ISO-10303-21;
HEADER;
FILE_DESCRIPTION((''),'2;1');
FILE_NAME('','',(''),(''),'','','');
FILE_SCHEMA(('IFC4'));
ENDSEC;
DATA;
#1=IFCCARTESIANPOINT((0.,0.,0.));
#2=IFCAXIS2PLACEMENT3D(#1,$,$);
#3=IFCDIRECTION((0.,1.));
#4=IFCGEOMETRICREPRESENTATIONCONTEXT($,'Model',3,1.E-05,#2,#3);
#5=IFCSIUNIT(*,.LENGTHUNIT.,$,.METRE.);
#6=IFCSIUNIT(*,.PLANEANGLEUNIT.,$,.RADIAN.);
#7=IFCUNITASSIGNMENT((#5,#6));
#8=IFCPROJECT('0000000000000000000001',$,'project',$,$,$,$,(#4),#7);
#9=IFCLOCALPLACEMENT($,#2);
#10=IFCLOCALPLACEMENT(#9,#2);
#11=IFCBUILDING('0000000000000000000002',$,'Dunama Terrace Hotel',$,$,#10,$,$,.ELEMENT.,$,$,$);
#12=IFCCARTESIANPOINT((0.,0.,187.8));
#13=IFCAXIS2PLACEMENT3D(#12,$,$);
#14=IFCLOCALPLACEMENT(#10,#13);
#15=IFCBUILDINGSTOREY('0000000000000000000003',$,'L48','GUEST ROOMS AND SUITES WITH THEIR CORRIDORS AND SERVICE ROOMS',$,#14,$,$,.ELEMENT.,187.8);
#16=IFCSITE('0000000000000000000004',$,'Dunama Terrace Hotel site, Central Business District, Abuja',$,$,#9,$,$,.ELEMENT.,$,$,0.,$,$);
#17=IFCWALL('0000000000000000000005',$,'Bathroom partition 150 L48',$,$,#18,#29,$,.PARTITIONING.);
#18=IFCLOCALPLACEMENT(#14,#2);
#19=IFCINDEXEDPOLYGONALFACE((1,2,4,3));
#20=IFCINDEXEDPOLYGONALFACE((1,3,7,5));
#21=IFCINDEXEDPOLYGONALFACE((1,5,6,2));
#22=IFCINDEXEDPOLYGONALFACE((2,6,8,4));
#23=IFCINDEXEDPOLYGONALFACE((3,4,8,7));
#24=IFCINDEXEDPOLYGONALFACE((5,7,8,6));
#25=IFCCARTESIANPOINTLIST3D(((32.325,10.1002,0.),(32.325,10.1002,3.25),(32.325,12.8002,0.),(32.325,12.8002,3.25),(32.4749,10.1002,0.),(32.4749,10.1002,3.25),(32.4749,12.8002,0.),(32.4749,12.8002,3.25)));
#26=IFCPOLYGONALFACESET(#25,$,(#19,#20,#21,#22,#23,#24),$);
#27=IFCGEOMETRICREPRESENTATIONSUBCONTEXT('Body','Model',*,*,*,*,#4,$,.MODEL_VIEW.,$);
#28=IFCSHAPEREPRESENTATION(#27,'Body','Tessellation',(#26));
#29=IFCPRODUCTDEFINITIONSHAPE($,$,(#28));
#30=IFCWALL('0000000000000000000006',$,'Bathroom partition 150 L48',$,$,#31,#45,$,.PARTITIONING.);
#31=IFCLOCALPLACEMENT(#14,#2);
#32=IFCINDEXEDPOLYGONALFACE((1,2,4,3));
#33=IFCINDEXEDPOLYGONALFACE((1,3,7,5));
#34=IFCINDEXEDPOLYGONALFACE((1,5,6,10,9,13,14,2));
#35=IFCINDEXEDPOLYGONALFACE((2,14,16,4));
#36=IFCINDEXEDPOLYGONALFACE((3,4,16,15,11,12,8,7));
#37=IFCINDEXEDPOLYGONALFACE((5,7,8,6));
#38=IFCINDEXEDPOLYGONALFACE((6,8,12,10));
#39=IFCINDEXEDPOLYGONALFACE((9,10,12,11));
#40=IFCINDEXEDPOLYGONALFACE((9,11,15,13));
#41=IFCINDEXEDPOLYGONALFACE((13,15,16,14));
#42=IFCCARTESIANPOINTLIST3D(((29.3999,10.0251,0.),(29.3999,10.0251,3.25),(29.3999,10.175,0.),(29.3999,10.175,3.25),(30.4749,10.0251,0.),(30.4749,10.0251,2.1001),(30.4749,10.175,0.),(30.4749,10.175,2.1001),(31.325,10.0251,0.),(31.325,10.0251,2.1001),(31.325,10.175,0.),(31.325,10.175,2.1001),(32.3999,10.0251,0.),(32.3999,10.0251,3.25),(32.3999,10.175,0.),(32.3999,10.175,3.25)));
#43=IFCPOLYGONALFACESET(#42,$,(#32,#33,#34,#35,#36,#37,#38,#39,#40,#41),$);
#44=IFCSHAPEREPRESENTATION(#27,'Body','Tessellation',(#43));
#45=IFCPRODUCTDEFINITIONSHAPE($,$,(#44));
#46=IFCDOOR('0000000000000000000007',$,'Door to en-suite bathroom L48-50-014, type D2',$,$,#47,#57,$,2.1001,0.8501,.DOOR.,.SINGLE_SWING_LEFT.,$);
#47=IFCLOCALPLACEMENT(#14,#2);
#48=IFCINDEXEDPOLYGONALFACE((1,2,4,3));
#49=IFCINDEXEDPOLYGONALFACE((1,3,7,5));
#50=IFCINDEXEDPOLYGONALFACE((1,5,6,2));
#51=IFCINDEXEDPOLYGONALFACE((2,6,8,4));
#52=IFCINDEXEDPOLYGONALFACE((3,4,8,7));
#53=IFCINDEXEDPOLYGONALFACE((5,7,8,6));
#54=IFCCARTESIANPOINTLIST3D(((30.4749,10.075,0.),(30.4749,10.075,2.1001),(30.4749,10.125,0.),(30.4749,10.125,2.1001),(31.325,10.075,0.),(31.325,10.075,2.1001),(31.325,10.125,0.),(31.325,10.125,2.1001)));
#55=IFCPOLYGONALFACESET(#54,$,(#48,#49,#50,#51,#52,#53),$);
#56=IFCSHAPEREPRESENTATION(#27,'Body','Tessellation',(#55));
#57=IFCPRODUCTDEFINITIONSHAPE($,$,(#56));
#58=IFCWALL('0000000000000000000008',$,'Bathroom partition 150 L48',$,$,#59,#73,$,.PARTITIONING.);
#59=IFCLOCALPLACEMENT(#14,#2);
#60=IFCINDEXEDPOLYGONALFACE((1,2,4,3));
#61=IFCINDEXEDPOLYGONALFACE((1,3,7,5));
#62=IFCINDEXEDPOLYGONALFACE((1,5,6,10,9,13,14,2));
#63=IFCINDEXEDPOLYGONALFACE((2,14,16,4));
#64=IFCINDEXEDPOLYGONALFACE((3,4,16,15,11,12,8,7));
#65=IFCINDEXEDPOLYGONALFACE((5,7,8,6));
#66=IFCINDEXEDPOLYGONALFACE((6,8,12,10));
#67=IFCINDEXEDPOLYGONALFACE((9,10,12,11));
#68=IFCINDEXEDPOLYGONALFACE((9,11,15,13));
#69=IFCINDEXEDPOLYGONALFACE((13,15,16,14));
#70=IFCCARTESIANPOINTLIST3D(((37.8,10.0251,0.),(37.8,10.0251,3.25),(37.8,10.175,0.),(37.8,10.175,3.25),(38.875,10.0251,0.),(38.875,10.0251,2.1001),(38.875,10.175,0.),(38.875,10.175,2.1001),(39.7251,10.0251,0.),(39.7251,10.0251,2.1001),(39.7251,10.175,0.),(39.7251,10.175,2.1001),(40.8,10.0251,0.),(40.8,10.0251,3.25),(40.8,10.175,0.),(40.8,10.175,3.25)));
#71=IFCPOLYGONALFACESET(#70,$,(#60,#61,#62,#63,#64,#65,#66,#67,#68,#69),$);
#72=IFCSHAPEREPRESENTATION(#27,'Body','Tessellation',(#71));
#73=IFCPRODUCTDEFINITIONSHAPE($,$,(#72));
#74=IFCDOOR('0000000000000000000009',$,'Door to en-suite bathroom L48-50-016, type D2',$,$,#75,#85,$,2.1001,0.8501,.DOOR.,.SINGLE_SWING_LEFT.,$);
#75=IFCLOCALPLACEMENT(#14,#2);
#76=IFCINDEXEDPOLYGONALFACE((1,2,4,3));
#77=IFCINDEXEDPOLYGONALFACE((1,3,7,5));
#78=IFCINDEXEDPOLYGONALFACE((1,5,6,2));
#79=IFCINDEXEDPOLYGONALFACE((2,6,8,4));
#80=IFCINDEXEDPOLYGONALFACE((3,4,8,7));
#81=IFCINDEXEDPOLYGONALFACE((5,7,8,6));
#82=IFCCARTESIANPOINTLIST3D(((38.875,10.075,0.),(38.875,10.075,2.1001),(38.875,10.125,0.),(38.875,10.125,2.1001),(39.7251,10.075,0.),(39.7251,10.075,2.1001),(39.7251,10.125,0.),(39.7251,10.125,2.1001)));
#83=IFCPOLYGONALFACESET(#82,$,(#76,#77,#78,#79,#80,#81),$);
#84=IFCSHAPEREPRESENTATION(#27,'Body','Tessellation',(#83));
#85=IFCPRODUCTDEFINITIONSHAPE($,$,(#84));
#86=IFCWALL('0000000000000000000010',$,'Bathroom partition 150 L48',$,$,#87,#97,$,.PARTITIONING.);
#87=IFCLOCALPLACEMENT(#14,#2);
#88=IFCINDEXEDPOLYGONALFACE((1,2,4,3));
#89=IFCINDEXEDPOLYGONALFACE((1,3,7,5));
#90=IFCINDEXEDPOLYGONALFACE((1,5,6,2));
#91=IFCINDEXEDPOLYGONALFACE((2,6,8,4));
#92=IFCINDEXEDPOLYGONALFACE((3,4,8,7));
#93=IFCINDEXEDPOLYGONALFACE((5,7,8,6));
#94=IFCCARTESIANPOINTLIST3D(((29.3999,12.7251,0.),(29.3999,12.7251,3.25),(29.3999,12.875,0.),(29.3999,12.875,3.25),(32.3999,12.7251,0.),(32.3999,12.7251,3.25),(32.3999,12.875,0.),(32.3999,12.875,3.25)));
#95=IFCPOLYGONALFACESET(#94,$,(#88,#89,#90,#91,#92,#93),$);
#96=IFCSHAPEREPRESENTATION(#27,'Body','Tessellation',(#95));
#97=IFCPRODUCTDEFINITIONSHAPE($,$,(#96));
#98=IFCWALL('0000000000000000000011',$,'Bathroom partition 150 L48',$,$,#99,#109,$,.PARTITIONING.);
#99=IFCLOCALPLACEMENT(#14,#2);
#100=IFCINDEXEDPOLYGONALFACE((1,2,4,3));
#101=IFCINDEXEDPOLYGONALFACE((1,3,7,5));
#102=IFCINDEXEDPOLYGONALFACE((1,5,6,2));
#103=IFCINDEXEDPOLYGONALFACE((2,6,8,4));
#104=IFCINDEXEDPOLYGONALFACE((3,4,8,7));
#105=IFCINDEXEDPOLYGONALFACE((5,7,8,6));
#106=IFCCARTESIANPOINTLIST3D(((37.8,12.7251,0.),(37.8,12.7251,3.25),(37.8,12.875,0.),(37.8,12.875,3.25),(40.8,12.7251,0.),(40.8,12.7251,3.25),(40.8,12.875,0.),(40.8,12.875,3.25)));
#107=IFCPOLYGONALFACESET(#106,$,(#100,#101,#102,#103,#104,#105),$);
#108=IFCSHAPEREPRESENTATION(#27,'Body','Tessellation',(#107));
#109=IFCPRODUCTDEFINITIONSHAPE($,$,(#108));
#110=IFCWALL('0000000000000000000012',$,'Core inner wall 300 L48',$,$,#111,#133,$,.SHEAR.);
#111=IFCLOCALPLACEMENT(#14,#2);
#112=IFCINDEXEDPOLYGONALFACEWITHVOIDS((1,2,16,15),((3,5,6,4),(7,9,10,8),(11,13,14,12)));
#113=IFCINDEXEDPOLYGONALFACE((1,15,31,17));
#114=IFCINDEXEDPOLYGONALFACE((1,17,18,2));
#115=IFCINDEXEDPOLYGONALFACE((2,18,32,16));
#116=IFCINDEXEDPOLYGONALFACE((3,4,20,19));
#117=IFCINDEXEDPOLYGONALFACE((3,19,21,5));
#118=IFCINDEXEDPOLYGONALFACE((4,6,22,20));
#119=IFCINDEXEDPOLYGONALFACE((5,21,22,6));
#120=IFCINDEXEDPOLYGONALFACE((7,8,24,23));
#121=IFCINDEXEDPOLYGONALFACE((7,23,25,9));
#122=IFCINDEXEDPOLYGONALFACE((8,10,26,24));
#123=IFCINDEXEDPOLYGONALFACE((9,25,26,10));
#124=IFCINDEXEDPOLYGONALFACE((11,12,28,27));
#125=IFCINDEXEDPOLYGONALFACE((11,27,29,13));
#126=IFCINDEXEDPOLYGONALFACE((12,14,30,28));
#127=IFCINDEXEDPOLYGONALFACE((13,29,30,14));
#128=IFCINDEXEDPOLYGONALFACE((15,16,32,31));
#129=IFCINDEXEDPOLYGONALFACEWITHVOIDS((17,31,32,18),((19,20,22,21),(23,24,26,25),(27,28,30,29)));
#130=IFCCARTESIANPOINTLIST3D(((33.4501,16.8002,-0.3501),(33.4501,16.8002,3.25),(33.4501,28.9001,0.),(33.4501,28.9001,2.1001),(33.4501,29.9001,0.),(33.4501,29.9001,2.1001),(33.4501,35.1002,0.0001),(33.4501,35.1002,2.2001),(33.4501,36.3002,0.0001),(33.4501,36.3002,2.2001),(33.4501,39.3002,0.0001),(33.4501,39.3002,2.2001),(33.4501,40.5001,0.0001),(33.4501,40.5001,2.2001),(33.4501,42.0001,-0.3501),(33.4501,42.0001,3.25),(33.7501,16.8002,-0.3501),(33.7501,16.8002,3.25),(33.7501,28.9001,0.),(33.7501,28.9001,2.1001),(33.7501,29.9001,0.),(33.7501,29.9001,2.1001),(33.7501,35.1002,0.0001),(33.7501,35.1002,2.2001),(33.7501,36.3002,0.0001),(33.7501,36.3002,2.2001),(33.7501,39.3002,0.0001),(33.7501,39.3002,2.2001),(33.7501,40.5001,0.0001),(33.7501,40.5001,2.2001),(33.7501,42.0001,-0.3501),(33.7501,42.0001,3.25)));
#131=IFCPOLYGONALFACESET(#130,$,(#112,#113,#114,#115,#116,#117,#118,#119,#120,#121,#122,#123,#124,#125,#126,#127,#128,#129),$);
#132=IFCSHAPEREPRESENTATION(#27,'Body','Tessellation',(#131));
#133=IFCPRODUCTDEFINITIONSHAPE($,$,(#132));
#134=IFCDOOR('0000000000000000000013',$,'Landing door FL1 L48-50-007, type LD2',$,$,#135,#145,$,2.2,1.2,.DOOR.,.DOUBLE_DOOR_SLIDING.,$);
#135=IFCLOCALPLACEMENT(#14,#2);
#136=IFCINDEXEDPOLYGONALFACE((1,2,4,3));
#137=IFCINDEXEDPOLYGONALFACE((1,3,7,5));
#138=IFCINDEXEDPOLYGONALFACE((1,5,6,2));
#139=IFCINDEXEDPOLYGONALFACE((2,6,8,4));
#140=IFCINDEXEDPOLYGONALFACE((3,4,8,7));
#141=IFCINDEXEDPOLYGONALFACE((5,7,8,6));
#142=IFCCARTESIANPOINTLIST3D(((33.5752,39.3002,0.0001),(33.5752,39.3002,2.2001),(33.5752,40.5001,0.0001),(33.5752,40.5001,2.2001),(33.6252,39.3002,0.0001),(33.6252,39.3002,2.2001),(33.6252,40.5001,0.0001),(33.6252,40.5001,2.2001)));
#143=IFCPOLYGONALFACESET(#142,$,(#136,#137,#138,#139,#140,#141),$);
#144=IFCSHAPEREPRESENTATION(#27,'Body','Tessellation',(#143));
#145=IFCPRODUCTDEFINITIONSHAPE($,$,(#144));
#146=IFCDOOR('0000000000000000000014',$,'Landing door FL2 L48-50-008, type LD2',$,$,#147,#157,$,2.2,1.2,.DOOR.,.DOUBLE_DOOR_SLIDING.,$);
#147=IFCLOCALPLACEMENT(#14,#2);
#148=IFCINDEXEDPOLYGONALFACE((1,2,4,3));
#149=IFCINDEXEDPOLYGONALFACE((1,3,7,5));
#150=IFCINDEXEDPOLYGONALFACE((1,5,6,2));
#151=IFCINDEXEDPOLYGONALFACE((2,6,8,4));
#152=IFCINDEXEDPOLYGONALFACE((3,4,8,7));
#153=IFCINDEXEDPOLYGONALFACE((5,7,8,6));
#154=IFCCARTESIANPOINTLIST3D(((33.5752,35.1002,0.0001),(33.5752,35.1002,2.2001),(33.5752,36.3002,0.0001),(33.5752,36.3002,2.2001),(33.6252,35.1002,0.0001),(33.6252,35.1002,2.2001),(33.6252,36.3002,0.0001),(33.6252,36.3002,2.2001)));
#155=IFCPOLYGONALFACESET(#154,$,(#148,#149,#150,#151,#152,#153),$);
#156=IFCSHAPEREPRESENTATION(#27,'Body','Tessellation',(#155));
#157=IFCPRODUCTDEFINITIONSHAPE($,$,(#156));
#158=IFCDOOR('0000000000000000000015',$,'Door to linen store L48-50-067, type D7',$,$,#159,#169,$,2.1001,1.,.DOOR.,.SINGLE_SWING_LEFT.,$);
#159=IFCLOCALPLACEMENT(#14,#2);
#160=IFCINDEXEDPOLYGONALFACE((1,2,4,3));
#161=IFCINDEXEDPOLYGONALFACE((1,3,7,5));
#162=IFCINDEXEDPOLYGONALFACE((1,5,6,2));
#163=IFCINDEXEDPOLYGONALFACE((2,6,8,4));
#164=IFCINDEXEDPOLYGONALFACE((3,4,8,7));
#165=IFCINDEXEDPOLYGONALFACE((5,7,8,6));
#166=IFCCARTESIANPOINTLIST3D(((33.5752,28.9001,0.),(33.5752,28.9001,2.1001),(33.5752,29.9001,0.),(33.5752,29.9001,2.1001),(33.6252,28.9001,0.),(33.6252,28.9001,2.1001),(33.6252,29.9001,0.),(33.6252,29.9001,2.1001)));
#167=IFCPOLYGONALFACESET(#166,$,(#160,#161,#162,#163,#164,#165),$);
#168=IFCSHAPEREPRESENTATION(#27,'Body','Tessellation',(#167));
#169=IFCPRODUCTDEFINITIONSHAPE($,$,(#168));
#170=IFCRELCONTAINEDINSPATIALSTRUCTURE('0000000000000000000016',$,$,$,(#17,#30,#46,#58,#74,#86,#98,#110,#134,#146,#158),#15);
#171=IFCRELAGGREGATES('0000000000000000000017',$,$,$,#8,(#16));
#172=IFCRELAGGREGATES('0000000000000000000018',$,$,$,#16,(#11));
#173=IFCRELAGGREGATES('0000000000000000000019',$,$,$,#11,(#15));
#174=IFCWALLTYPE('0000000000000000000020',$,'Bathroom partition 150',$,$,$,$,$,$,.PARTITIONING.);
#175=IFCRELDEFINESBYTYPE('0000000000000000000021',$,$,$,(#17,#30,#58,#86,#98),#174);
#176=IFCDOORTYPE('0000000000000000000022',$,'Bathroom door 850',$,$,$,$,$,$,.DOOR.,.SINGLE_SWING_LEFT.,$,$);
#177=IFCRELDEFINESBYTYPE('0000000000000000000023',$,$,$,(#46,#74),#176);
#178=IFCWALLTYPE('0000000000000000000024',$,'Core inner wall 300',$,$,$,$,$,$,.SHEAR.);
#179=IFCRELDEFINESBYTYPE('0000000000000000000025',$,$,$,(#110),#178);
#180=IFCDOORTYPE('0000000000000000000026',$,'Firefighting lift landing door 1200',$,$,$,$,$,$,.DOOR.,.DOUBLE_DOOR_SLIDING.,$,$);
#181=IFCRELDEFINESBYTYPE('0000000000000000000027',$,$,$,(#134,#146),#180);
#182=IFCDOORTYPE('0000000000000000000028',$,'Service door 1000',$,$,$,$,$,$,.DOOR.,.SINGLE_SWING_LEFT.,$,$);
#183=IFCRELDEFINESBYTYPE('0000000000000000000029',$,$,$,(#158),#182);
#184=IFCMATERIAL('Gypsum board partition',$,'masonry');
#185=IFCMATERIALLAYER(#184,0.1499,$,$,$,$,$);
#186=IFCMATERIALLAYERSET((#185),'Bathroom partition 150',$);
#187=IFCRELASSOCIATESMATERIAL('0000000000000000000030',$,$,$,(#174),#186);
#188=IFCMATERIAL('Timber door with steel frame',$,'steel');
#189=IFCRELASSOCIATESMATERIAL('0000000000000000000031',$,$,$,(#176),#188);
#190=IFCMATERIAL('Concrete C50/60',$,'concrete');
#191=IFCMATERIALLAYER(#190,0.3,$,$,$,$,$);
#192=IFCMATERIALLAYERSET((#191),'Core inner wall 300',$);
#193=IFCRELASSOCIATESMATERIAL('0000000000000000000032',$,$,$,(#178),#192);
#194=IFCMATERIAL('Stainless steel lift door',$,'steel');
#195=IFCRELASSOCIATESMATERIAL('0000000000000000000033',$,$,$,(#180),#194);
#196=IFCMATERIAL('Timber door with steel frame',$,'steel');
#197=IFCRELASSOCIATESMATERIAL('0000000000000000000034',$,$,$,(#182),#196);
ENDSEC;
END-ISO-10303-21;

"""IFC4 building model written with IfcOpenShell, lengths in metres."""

from ifc_helpers import new_model, si_unit, direction, frame, frame_2d, origin, place, context, subcontext, project, spatial, rectangle, extrude, material, layer, layer_set, type_object, element, fill, save


model = new_model("IFC4")

# Units and contexts
model_context = context("Model", 3, precision=1e-05, world=origin(), true_north=direction((0.0, 1.0)))
body_context = subcontext(model_context, "Body", "Model", "MODEL_VIEW")
ifc_project = project(units=[si_unit("LENGTHUNIT", "METRE"), si_unit("PLANEANGLEUNIT", "RADIAN")], contexts=[model_context])

# Site, building, storey
site_placement = place(None, origin())
site = spatial("IfcSite", under=ifc_project, at=site_placement, Name="Dunama Terrace Hotel site, Central Business District, Abuja", CompositionType="ELEMENT", RefElevation=0.0)
building_placement = place(site_placement, origin())
building = spatial("IfcBuilding", under=site, at=building_placement, Name="Dunama Terrace Hotel", CompositionType="ELEMENT")
storey_placement = place(building_placement, frame((0.0, 0.0, 187.8)))
storey = spatial("IfcBuildingStorey", under=building, at=storey_placement, Name="L48", Description="GUEST ROOMS AND SUITES WITH THEIR CORRIDORS AND SERVICE ROOMS", CompositionType="ELEMENT", Elevation=187.8)

# Wall
ifc_material_1 = material(Name="Gypsum board partition", Category="masonry")
ifc_layer_1 = layer(ifc_material_1, 0.1499)
ifc_layer_set_1 = layer_set([ifc_layer_1], Name="Bathroom partition 150")
wall_type_1 = type_object("IfcWallType", Name="Bathroom partition 150", PredefinedType="PARTITIONING", material=ifc_layer_set_1)
wall_1_placement = place(storey_placement, frame((32.3999, 10.1001, 0.0), z_axis=(0.0, 0.0, 1.0), x_axis=(0.0, 1.0, 0.0)))
element("IfcWall", 1, at=wall_1_placement, inside=storey, type_object=wall_type_1, Name="Bathroom partition 150 L48", PredefinedType="PARTITIONING", context=body_context, shape_type="SweptSolid", body=[
    extrude(rectangle(XDim=2.7, YDim=0.1499, at=frame_2d((1.3501, 0.0))), origin(), (0.0, 0.0, 1.0), 3.25),
])

# Walls, openings, doors
wall_2_placement = place(storey_placement, frame((29.3999, 10.1001, 0.0), z_axis=(0.0, 0.0, 1.0), x_axis=(1.0, 0.0, 0.0)))
wall_2 = element("IfcWall", 2, at=wall_2_placement, inside=storey, type_object=wall_type_1, Name="Bathroom partition 150 L48", PredefinedType="PARTITIONING", context=body_context, shape_type="SweptSolid", body=[
    extrude(rectangle(XDim=3.0, YDim=0.1499, at=frame_2d((1.5, 0.0))), origin(), (0.0, 0.0, 1.0), 3.25),
])
opening_1_placement = place(wall_2_placement, frame((1.075, 0.0, 0.0)))
opening_1 = element("IfcOpeningElement", 3, at=opening_1_placement, cuts=wall_2, PredefinedType="OPENING", context=body_context, shape_type="SweptSolid", body=[
    extrude(rectangle(XDim=0.8501, YDim=2.1001, at=frame_2d((0.425, 1.05))), frame((0.0, 0.085, 0.0), z_axis=(0.0, -1.0, 0.0), x_axis=(1.0, 0.0, 0.0)), (0.0, 0.0, 1.0), 0.1699),
])
ifc_material_2 = material(Name="Timber door with steel frame", Category="steel")
door_type_1 = type_object("IfcDoorType", Name="Bathroom door 850", OperationType="SINGLE_SWING_LEFT", PredefinedType="DOOR", material=ifc_material_2)
door_1_placement = place(opening_1_placement, origin())
door_1 = element("IfcDoor", 4, at=door_1_placement, inside=storey, type_object=door_type_1, Name="Door to en-suite bathroom L48-50-014, type D2", OperationType="SINGLE_SWING_LEFT", OverallHeight=2.1001, OverallWidth=0.8501, PredefinedType="DOOR", context=body_context, shape_type="SweptSolid", body=[
    extrude(rectangle(XDim=0.8501, YDim=2.1001, at=frame_2d((0.425, 1.05))), frame((0.0, 0.0249, 0.0), z_axis=(0.0, -1.0, 0.0), x_axis=(1.0, 0.0, 0.0)), (0.0, 0.0, 1.0), 0.05),
])
fill(opening_1, door_1)
wall_3_placement = place(storey_placement, frame((37.8, 10.1001, 0.0), z_axis=(0.0, 0.0, 1.0), x_axis=(1.0, 0.0, 0.0)))
wall_3 = element("IfcWall", 5, at=wall_3_placement, inside=storey, type_object=wall_type_1, Name="Bathroom partition 150 L48", PredefinedType="PARTITIONING", context=body_context, shape_type="SweptSolid", body=[
    extrude(rectangle(XDim=3.0, YDim=0.1499, at=frame_2d((1.5, 0.0))), origin(), (0.0, 0.0, 1.0), 3.25),
])
opening_2_placement = place(wall_3_placement, frame((1.075, 0.0, 0.0)))
opening_2 = element("IfcOpeningElement", 6, at=opening_2_placement, cuts=wall_3, PredefinedType="OPENING", context=body_context, shape_type="SweptSolid", body=[
    extrude(rectangle(XDim=0.8501, YDim=2.1001, at=frame_2d((0.425, 1.05))), frame((0.0, 0.085, 0.0), z_axis=(0.0, -1.0, 0.0), x_axis=(1.0, 0.0, 0.0)), (0.0, 0.0, 1.0), 0.1699),
])
door_2_placement = place(opening_2_placement, origin())
door_2 = element("IfcDoor", 7, at=door_2_placement, inside=storey, type_object=door_type_1, Name="Door to en-suite bathroom L48-50-016, type D2", OperationType="SINGLE_SWING_LEFT", OverallHeight=2.1001, OverallWidth=0.8501, PredefinedType="DOOR", context=body_context, shape_type="SweptSolid", body=[
    extrude(rectangle(XDim=0.8501, YDim=2.1001, at=frame_2d((0.425, 1.05))), frame((0.0, 0.0249, 0.0), z_axis=(0.0, -1.0, 0.0), x_axis=(1.0, 0.0, 0.0)), (0.0, 0.0, 1.0), 0.05),
])
fill(opening_2, door_2)

# Walls
for number, where, z_axis, x_axis, name in (
    (8, (29.3999, 12.8, 0.0), (0.0, 0.0, 1.0), (1.0, 0.0, 0.0), "Bathroom partition 150 L48"),
    (9, (37.8, 12.8, 0.0), (0.0, 0.0, 1.0), (1.0, 0.0, 0.0), "Bathroom partition 150 L48"),
):
    element("IfcWall", number, at=place(storey_placement, frame(where, z_axis=z_axis, x_axis=x_axis)), inside=storey, type_object=wall_type_1, Name=name, PredefinedType="PARTITIONING", context=body_context, shape_type="SweptSolid", body=[
        extrude(rectangle(XDim=3.0, YDim=0.1499, at=frame_2d((1.5, 0.0))), origin(), (0.0, 0.0, 1.0), 3.25),
    ])

# Wall, openings, doors
ifc_material_3 = material(Name="Concrete C50/60", Category="concrete")
ifc_layer_2 = layer(ifc_material_3, 0.3)
ifc_layer_set_2 = layer_set([ifc_layer_2], Name="Core inner wall 300")
wall_type_2 = type_object("IfcWallType", Name="Core inner wall 300", PredefinedType="SHEAR", material=ifc_layer_set_2)
wall_4_placement = place(storey_placement, frame((33.6001, 16.8, -0.3501), z_axis=(0.0, 0.0, 1.0), x_axis=(0.0, 1.0, 0.0)))
wall_4 = element("IfcWall", 10, at=wall_4_placement, inside=storey, type_object=wall_type_2, Name="Core inner wall 300 L48", PredefinedType="SHEAR", context=body_context, shape_type="SweptSolid", body=[
    extrude(rectangle(XDim=25.2, YDim=0.3, at=frame_2d((12.6001, 0.0))), origin(), (0.0, 0.0, 1.0), 3.6001),
])
opening_3_placement = place(wall_4_placement, frame((22.5, 0.0, 0.3501)))
opening_3 = element("IfcOpeningElement", 11, at=opening_3_placement, cuts=wall_4, PredefinedType="OPENING", context=body_context, shape_type="SweptSolid", body=[
    extrude(rectangle(XDim=1.2, YDim=2.2, at=frame_2d((0.6001, 1.1001))), frame((0.0, 0.1599, 0.0), z_axis=(0.0, -1.0, 0.0), x_axis=(1.0, 0.0, 0.0)), (0.0, 0.0, 1.0), 0.3201),
])
opening_4_placement = place(wall_4_placement, frame((18.3, 0.0, 0.3501)))
opening_4 = element("IfcOpeningElement", 12, at=opening_4_placement, cuts=wall_4, PredefinedType="OPENING", context=body_context, shape_type="SweptSolid", body=[
    extrude(rectangle(XDim=1.2, YDim=2.2, at=frame_2d((0.6001, 1.1001))), frame((0.0, 0.1599, 0.0), z_axis=(0.0, -1.0, 0.0), x_axis=(1.0, 0.0, 0.0)), (0.0, 0.0, 1.0), 0.3201),
])
opening_5_placement = place(wall_4_placement, frame((12.1001, 0.0, 0.3501)))
opening_5 = element("IfcOpeningElement", 13, at=opening_5_placement, cuts=wall_4, PredefinedType="OPENING", context=body_context, shape_type="SweptSolid", body=[
    extrude(rectangle(XDim=1.0, YDim=2.1001, at=frame_2d((0.5, 1.05))), frame((0.0, 0.1599, 0.0), z_axis=(0.0, -1.0, 0.0), x_axis=(1.0, 0.0, 0.0)), (0.0, 0.0, 1.0), 0.3201),
])
ifc_material_4 = material(Name="Stainless steel lift door", Category="steel")
door_type_2 = type_object("IfcDoorType", Name="Firefighting lift landing door 1200", OperationType="DOUBLE_DOOR_SLIDING", PredefinedType="DOOR", material=ifc_material_4)
door_3_placement = place(opening_3_placement, origin())
door_3 = element("IfcDoor", 14, at=door_3_placement, inside=storey, type_object=door_type_2, Name="Landing door FL1 L48-50-007, type LD2", OperationType="DOUBLE_DOOR_SLIDING", OverallHeight=2.2, OverallWidth=1.2, PredefinedType="DOOR", context=body_context, shape_type="SweptSolid", body=[
    extrude(rectangle(XDim=1.2, YDim=2.2, at=frame_2d((0.6001, 1.1001))), frame((0.0, 0.0249, 0.0), z_axis=(0.0, -1.0, 0.0), x_axis=(1.0, 0.0, 0.0)), (0.0, 0.0, 1.0), 0.05),
])
fill(opening_3, door_3)
door_4_placement = place(opening_4_placement, origin())
door_4 = element("IfcDoor", 15, at=door_4_placement, inside=storey, type_object=door_type_2, Name="Landing door FL2 L48-50-008, type LD2", OperationType="DOUBLE_DOOR_SLIDING", OverallHeight=2.2, OverallWidth=1.2, PredefinedType="DOOR", context=body_context, shape_type="SweptSolid", body=[
    extrude(rectangle(XDim=1.2, YDim=2.2, at=frame_2d((0.6001, 1.1001))), frame((0.0, 0.0249, 0.0), z_axis=(0.0, -1.0, 0.0), x_axis=(1.0, 0.0, 0.0)), (0.0, 0.0, 1.0), 0.05),
])
fill(opening_4, door_4)
ifc_material_5 = material(Name="Timber door with steel frame", Category="steel")
door_type_3 = type_object("IfcDoorType", Name="Service door 1000", OperationType="SINGLE_SWING_LEFT", PredefinedType="DOOR", material=ifc_material_5)
door_5_placement = place(opening_5_placement, origin())
door_5 = element("IfcDoor", 16, at=door_5_placement, inside=storey, type_object=door_type_3, Name="Door to linen store L48-50-067, type D7", OperationType="SINGLE_SWING_LEFT", OverallHeight=2.1001, OverallWidth=1.0, PredefinedType="DOOR", context=body_context, shape_type="SweptSolid", body=[
    extrude(rectangle(XDim=1.0, YDim=2.1001, at=frame_2d((0.5, 1.05))), frame((0.0, 0.0249, 0.0), z_axis=(0.0, -1.0, 0.0), x_axis=(1.0, 0.0, 0.0)), (0.0, 0.0, 1.0), 0.05),
])
fill(opening_5, door_5)

save(model, "model.ifc")
